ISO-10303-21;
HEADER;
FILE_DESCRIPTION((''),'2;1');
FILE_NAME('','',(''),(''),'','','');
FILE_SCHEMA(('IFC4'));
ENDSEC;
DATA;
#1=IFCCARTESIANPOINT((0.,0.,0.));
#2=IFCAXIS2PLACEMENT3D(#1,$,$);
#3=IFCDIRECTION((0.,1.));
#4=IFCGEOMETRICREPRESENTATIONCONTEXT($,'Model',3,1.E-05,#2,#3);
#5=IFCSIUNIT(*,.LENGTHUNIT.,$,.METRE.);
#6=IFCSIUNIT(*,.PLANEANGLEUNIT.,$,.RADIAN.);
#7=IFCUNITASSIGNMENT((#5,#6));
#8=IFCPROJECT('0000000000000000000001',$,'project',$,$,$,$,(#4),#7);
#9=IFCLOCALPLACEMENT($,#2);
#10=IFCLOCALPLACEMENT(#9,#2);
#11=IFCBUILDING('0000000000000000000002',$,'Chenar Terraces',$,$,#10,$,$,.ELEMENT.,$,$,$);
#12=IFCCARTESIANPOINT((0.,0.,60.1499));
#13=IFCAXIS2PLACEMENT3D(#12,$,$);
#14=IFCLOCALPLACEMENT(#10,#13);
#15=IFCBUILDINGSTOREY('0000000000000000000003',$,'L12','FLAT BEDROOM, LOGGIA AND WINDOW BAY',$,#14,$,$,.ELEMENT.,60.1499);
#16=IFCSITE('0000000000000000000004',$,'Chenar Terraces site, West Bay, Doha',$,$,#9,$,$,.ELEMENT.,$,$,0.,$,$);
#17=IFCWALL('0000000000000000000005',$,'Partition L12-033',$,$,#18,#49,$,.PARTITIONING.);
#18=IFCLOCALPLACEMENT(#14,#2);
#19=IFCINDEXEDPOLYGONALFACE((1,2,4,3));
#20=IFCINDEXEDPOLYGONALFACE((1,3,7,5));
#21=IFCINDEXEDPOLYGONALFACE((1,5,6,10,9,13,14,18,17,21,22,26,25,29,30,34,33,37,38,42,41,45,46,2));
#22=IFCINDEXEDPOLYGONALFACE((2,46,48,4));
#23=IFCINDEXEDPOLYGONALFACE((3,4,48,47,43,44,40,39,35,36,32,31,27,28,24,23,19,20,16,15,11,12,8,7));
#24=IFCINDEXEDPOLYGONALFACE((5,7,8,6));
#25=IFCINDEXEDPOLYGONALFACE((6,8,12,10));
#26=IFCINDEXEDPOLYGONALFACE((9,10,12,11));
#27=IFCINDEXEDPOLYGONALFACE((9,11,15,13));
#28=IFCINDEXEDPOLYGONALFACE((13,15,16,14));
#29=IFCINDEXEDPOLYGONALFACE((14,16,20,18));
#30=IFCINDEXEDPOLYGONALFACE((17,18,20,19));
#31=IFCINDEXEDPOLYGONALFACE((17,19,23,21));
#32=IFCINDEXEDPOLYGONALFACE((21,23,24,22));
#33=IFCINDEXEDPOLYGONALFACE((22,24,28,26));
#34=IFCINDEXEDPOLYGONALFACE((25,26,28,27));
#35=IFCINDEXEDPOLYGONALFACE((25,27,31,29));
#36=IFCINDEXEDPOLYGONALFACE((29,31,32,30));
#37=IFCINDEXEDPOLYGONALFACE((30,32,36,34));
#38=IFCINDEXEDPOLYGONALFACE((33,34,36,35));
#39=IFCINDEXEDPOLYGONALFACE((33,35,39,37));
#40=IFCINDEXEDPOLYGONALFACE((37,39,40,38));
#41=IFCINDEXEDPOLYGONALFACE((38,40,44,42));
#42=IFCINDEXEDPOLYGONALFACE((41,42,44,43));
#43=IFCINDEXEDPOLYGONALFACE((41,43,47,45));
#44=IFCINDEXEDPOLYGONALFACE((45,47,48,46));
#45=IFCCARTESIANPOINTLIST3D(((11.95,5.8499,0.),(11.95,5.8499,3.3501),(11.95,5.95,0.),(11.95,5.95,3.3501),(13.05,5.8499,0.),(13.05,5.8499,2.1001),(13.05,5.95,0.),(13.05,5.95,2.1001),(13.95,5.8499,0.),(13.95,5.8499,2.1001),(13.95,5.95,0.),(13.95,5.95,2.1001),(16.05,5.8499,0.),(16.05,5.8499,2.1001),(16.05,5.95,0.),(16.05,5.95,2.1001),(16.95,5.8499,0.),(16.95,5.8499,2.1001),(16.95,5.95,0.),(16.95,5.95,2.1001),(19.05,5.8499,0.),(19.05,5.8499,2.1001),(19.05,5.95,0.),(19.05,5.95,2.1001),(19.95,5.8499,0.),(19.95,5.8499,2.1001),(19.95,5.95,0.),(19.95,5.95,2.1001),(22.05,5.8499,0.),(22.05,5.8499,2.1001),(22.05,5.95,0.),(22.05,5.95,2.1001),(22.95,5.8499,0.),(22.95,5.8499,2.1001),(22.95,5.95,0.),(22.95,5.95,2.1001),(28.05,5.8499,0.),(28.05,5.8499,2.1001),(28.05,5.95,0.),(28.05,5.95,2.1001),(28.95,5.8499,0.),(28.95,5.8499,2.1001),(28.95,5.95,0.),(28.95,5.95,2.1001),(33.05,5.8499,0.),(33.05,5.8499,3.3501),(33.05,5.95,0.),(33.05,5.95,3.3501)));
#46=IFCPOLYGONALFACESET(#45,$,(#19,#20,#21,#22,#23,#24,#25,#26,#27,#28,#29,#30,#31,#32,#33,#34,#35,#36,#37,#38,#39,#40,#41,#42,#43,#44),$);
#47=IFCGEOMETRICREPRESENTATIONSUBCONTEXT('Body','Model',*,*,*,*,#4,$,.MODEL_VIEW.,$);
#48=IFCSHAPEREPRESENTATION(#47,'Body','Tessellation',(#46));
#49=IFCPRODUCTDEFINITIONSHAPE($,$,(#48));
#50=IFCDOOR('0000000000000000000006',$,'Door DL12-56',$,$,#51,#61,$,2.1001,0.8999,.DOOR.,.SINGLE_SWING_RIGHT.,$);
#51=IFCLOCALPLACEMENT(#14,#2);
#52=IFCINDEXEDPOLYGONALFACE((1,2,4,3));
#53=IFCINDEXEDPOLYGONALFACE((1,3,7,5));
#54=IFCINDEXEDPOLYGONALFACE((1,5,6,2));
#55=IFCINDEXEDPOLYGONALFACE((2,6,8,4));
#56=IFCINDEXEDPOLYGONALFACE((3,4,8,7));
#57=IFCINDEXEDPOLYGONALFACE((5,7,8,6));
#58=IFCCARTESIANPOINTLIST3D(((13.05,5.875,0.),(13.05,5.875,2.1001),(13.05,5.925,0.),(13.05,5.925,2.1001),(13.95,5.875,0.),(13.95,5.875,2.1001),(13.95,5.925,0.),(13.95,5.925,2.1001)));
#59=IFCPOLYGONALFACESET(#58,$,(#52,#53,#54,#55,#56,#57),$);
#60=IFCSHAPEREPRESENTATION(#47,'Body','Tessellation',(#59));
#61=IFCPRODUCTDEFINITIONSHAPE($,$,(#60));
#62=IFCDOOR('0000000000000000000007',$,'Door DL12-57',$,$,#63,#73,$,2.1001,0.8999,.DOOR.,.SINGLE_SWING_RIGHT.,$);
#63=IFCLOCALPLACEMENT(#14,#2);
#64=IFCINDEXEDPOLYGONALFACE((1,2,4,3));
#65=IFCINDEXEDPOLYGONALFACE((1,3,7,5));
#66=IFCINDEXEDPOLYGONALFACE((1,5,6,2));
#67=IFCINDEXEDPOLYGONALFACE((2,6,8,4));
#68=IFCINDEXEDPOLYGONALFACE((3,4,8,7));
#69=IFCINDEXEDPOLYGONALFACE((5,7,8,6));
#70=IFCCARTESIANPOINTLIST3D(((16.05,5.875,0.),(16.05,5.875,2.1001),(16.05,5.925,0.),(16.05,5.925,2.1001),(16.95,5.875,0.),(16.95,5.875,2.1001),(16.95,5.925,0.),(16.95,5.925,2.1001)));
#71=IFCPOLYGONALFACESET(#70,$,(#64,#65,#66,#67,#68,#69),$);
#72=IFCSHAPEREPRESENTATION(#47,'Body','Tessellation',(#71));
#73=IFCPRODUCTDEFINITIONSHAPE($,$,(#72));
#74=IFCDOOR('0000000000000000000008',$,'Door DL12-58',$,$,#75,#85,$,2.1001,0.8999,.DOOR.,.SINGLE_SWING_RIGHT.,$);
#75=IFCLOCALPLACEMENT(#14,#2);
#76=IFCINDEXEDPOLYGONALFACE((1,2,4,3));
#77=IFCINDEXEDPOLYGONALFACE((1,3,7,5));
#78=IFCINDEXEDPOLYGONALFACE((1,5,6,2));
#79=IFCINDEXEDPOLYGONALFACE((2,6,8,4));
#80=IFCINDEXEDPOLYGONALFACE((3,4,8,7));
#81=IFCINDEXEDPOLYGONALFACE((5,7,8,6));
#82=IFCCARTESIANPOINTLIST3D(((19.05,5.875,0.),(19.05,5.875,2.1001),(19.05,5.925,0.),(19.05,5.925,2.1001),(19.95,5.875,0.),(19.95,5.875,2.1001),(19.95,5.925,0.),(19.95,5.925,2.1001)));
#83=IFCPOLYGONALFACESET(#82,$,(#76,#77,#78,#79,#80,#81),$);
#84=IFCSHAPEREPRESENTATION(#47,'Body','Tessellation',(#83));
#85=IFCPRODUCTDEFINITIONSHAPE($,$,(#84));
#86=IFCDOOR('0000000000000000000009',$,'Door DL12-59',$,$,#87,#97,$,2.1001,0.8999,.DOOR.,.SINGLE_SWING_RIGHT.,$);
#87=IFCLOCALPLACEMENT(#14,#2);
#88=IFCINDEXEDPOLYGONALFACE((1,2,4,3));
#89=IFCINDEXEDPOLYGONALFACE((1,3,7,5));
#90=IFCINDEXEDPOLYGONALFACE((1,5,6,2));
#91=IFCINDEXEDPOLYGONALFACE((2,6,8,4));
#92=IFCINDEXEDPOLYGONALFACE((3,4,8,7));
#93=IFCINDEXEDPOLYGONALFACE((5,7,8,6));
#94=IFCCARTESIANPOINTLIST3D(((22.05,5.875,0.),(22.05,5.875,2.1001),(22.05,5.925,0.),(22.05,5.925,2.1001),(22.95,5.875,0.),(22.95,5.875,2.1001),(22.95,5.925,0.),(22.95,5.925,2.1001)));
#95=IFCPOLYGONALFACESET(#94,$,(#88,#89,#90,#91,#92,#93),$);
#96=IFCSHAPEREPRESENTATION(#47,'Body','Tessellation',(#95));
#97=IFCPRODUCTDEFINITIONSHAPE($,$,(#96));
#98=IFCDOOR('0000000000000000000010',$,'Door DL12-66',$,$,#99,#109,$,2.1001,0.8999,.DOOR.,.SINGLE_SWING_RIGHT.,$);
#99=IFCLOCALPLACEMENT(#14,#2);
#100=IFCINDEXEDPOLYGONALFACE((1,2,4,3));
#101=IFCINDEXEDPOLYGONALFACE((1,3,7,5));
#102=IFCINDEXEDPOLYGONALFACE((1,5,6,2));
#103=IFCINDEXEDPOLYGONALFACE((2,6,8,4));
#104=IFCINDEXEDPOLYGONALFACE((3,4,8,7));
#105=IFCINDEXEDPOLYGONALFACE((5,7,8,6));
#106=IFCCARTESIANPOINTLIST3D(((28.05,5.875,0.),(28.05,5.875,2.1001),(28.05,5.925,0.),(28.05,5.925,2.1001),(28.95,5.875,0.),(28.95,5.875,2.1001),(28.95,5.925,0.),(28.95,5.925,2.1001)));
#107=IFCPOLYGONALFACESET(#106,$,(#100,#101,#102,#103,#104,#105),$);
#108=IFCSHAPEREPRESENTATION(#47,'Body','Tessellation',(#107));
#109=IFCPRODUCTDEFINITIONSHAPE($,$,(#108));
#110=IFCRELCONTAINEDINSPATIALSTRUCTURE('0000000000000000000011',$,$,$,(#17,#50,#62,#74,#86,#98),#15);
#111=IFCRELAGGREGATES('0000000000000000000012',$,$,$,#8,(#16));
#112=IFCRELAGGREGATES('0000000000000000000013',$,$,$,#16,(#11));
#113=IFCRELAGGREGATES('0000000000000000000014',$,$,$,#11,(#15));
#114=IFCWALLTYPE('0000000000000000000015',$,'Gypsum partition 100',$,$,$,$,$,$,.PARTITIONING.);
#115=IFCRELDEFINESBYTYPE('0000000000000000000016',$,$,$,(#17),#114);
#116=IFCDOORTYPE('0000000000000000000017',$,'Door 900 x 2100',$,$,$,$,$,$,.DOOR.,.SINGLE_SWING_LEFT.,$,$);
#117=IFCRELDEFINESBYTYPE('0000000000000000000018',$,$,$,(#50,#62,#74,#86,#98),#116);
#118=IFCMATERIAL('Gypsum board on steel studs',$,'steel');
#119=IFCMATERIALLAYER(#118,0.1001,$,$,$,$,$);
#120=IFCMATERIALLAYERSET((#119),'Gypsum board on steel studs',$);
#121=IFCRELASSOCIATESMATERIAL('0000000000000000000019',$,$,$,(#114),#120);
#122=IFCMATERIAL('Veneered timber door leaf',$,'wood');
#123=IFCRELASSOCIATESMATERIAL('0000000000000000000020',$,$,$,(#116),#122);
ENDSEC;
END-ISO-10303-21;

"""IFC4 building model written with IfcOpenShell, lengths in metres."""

from ifc_helpers import new_model, si_unit, direction, frame, frame_2d, origin, place, context, subcontext, project, spatial, rectangle, extrude, material, layer, layer_set, type_object, element, fill, save


model = new_model("IFC4")

# Units and contexts
model_context = context("Model", 3, precision=1e-05, world=origin(), true_north=direction((0.0, 1.0)))
body_context = subcontext(model_context, "Body", "Model", "MODEL_VIEW")
ifc_project = project(units=[si_unit("LENGTHUNIT", "METRE"), si_unit("PLANEANGLEUNIT", "RADIAN")], contexts=[model_context])

# Site, building, storey
site_placement = place(None, origin())
site = spatial("IfcSite", under=ifc_project, at=site_placement, Name="Chenar Terraces site, West Bay, Doha", CompositionType="ELEMENT", RefElevation=0.0)
building_placement = place(site_placement, origin())
building = spatial("IfcBuilding", under=site, at=building_placement, Name="Chenar Terraces", CompositionType="ELEMENT")
storey_placement = place(building_placement, frame((0.0, 0.0, 60.1499)))
storey = spatial("IfcBuildingStorey", under=building, at=storey_placement, Name="L12", Description="FLAT BEDROOM, LOGGIA AND WINDOW BAY", CompositionType="ELEMENT", Elevation=60.1499)

# Shared definitions
ifc_material_1 = material(Name="Gypsum board on steel studs", Category="steel")
ifc_layer_1 = layer(ifc_material_1, 0.1001)
ifc_layer_set_1 = layer_set([ifc_layer_1], Name="Gypsum board on steel studs")
wall_type_1 = type_object("IfcWallType", Name="Gypsum partition 100", PredefinedType="PARTITIONING", material=ifc_layer_set_1)
ifc_material_2 = material(Name="Veneered timber door leaf", Category="wood")
door_type_1 = type_object("IfcDoorType", Name="Door 900 x 2100", OperationType="SINGLE_SWING_LEFT", PredefinedType="DOOR", material=ifc_material_2)

# Wall, openings, doors
wall_1_placement = place(storey_placement, frame((11.95, 5.8999, 0.0), z_axis=(0.0, 0.0, 1.0), x_axis=(1.0, 0.0, 0.0)))
wall_1 = element("IfcWall", 1, at=wall_1_placement, inside=storey, type_object=wall_type_1, Name="Partition L12-033", PredefinedType="PARTITIONING", context=body_context, shape_type="SweptSolid", body=[
    extrude(rectangle(XDim=21.1001, YDim=0.1001, at=frame_2d((10.55, 0.0))), origin(), (0.0, 0.0, 1.0), 3.3501),
])
opening_1_placement = place(wall_1_placement, frame((1.1001, 0.0, 0.0)))
opening_1 = element("IfcOpeningElement", 2, at=opening_1_placement, cuts=wall_1, PredefinedType="OPENING", context=body_context, shape_type="SweptSolid", body=[
    extrude(rectangle(XDim=0.8999, YDim=2.1001, at=frame_2d((0.45, 1.05))), frame((0.0, 0.0601, 0.0), z_axis=(0.0, -1.0, 0.0), x_axis=(1.0, 0.0, 0.0)), (0.0, 0.0, 1.0), 0.1201),
])
opening_2_placement = place(wall_1_placement, frame((4.1001, 0.0, 0.0)))
opening_2 = element("IfcOpeningElement", 3, at=opening_2_placement, cuts=wall_1, PredefinedType="OPENING", context=body_context, shape_type="SweptSolid", body=[
    extrude(rectangle(XDim=0.8999, YDim=2.1001, at=frame_2d((0.45, 1.05))), frame((0.0, 0.0601, 0.0), z_axis=(0.0, -1.0, 0.0), x_axis=(1.0, 0.0, 0.0)), (0.0, 0.0, 1.0), 0.1201),
])
opening_3_placement = place(wall_1_placement, frame((7.1001, 0.0, 0.0)))
opening_3 = element("IfcOpeningElement", 4, at=opening_3_placement, cuts=wall_1, PredefinedType="OPENING", context=body_context, shape_type="SweptSolid", body=[
    extrude(rectangle(XDim=0.8999, YDim=2.1001, at=frame_2d((0.45, 1.05))), frame((0.0, 0.0601, 0.0), z_axis=(0.0, -1.0, 0.0), x_axis=(1.0, 0.0, 0.0)), (0.0, 0.0, 1.0), 0.1201),
])
opening_4_placement = place(wall_1_placement, frame((10.1001, 0.0, 0.0)))
opening_4 = element("IfcOpeningElement", 5, at=opening_4_placement, cuts=wall_1, PredefinedType="OPENING", context=body_context, shape_type="SweptSolid", body=[
    extrude(rectangle(XDim=0.8999, YDim=2.1001, at=frame_2d((0.45, 1.05))), frame((0.0, 0.0601, 0.0), z_axis=(0.0, -1.0, 0.0), x_axis=(1.0, 0.0, 0.0)), (0.0, 0.0, 1.0), 0.1201),
])
opening_5_placement = place(wall_1_placement, frame((16.1001, 0.0, 0.0)))
opening_5 = element("IfcOpeningElement", 6, at=opening_5_placement, cuts=wall_1, PredefinedType="OPENING", context=body_context, shape_type="SweptSolid", body=[
    extrude(rectangle(XDim=0.8999, YDim=2.1001, at=frame_2d((0.45, 1.05))), frame((0.0, 0.0601, 0.0), z_axis=(0.0, -1.0, 0.0), x_axis=(1.0, 0.0, 0.0)), (0.0, 0.0, 1.0), 0.1201),
])
door_1_placement = place(opening_1_placement, frame((0.8999, 0.0, 0.0), z_axis=(0.0, 0.0, 1.0), x_axis=(-1.0, 0.0, 0.0)))
door_1 = element("IfcDoor", 7, at=door_1_placement, inside=storey, type_object=door_type_1, Name="Door DL12-56", OperationType="SINGLE_SWING_RIGHT", OverallHeight=2.1001, OverallWidth=0.8999, PredefinedType="DOOR", context=body_context, shape_type="SweptSolid", body=[
    extrude(rectangle(XDim=0.8999, YDim=2.1001, at=frame_2d((0.45, 1.05))), frame((0.0, 0.0249, 0.0), z_axis=(0.0, -1.0, 0.0), x_axis=(1.0, 0.0, 0.0)), (0.0, 0.0, 1.0), 0.05),
])
fill(opening_1, door_1)
door_2_placement = place(opening_2_placement, frame((0.8999, 0.0, 0.0), z_axis=(0.0, 0.0, 1.0), x_axis=(-1.0, 0.0, 0.0)))
door_2 = element("IfcDoor", 8, at=door_2_placement, inside=storey, type_object=door_type_1, Name="Door DL12-57", OperationType="SINGLE_SWING_RIGHT", OverallHeight=2.1001, OverallWidth=0.8999, PredefinedType="DOOR", context=body_context, shape_type="SweptSolid", body=[
    extrude(rectangle(XDim=0.8999, YDim=2.1001, at=frame_2d((0.45, 1.05))), frame((0.0, 0.0249, 0.0), z_axis=(0.0, -1.0, 0.0), x_axis=(1.0, 0.0, 0.0)), (0.0, 0.0, 1.0), 0.05),
])
fill(opening_2, door_2)
door_3_placement = place(opening_3_placement, frame((0.8999, 0.0, 0.0), z_axis=(0.0, 0.0, 1.0), x_axis=(-1.0, 0.0, 0.0)))
door_3 = element("IfcDoor", 9, at=door_3_placement, inside=storey, type_object=door_type_1, Name="Door DL12-58", OperationType="SINGLE_SWING_RIGHT", OverallHeight=2.1001, OverallWidth=0.8999, PredefinedType="DOOR", context=body_context, shape_type="SweptSolid", body=[
    extrude(rectangle(XDim=0.8999, YDim=2.1001, at=frame_2d((0.45, 1.05))), frame((0.0, 0.0249, 0.0), z_axis=(0.0, -1.0, 0.0), x_axis=(1.0, 0.0, 0.0)), (0.0, 0.0, 1.0), 0.05),
])
fill(opening_3, door_3)
door_4_placement = place(opening_4_placement, frame((0.8999, 0.0, 0.0), z_axis=(0.0, 0.0, 1.0), x_axis=(-1.0, 0.0, 0.0)))
door_4 = element("IfcDoor", 10, at=door_4_placement, inside=storey, type_object=door_type_1, Name="Door DL12-59", OperationType="SINGLE_SWING_RIGHT", OverallHeight=2.1001, OverallWidth=0.8999, PredefinedType="DOOR", context=body_context, shape_type="SweptSolid", body=[
    extrude(rectangle(XDim=0.8999, YDim=2.1001, at=frame_2d((0.45, 1.05))), frame((0.0, 0.0249, 0.0), z_axis=(0.0, -1.0, 0.0), x_axis=(1.0, 0.0, 0.0)), (0.0, 0.0, 1.0), 0.05),
])
fill(opening_4, door_4)
door_5_placement = place(opening_5_placement, frame((0.8999, 0.0, 0.0), z_axis=(0.0, 0.0, 1.0), x_axis=(-1.0, 0.0, 0.0)))
door_5 = element("IfcDoor", 11, at=door_5_placement, inside=storey, type_object=door_type_1, Name="Door DL12-66", OperationType="SINGLE_SWING_RIGHT", OverallHeight=2.1001, OverallWidth=0.8999, PredefinedType="DOOR", context=body_context, shape_type="SweptSolid", body=[
    extrude(rectangle(XDim=0.8999, YDim=2.1001, at=frame_2d((0.45, 1.05))), frame((0.0, 0.0249, 0.0), z_axis=(0.0, -1.0, 0.0), x_axis=(1.0, 0.0, 0.0)), (0.0, 0.0, 1.0), 0.05),
])
fill(opening_5, door_5)

save(model, "model.ifc")
